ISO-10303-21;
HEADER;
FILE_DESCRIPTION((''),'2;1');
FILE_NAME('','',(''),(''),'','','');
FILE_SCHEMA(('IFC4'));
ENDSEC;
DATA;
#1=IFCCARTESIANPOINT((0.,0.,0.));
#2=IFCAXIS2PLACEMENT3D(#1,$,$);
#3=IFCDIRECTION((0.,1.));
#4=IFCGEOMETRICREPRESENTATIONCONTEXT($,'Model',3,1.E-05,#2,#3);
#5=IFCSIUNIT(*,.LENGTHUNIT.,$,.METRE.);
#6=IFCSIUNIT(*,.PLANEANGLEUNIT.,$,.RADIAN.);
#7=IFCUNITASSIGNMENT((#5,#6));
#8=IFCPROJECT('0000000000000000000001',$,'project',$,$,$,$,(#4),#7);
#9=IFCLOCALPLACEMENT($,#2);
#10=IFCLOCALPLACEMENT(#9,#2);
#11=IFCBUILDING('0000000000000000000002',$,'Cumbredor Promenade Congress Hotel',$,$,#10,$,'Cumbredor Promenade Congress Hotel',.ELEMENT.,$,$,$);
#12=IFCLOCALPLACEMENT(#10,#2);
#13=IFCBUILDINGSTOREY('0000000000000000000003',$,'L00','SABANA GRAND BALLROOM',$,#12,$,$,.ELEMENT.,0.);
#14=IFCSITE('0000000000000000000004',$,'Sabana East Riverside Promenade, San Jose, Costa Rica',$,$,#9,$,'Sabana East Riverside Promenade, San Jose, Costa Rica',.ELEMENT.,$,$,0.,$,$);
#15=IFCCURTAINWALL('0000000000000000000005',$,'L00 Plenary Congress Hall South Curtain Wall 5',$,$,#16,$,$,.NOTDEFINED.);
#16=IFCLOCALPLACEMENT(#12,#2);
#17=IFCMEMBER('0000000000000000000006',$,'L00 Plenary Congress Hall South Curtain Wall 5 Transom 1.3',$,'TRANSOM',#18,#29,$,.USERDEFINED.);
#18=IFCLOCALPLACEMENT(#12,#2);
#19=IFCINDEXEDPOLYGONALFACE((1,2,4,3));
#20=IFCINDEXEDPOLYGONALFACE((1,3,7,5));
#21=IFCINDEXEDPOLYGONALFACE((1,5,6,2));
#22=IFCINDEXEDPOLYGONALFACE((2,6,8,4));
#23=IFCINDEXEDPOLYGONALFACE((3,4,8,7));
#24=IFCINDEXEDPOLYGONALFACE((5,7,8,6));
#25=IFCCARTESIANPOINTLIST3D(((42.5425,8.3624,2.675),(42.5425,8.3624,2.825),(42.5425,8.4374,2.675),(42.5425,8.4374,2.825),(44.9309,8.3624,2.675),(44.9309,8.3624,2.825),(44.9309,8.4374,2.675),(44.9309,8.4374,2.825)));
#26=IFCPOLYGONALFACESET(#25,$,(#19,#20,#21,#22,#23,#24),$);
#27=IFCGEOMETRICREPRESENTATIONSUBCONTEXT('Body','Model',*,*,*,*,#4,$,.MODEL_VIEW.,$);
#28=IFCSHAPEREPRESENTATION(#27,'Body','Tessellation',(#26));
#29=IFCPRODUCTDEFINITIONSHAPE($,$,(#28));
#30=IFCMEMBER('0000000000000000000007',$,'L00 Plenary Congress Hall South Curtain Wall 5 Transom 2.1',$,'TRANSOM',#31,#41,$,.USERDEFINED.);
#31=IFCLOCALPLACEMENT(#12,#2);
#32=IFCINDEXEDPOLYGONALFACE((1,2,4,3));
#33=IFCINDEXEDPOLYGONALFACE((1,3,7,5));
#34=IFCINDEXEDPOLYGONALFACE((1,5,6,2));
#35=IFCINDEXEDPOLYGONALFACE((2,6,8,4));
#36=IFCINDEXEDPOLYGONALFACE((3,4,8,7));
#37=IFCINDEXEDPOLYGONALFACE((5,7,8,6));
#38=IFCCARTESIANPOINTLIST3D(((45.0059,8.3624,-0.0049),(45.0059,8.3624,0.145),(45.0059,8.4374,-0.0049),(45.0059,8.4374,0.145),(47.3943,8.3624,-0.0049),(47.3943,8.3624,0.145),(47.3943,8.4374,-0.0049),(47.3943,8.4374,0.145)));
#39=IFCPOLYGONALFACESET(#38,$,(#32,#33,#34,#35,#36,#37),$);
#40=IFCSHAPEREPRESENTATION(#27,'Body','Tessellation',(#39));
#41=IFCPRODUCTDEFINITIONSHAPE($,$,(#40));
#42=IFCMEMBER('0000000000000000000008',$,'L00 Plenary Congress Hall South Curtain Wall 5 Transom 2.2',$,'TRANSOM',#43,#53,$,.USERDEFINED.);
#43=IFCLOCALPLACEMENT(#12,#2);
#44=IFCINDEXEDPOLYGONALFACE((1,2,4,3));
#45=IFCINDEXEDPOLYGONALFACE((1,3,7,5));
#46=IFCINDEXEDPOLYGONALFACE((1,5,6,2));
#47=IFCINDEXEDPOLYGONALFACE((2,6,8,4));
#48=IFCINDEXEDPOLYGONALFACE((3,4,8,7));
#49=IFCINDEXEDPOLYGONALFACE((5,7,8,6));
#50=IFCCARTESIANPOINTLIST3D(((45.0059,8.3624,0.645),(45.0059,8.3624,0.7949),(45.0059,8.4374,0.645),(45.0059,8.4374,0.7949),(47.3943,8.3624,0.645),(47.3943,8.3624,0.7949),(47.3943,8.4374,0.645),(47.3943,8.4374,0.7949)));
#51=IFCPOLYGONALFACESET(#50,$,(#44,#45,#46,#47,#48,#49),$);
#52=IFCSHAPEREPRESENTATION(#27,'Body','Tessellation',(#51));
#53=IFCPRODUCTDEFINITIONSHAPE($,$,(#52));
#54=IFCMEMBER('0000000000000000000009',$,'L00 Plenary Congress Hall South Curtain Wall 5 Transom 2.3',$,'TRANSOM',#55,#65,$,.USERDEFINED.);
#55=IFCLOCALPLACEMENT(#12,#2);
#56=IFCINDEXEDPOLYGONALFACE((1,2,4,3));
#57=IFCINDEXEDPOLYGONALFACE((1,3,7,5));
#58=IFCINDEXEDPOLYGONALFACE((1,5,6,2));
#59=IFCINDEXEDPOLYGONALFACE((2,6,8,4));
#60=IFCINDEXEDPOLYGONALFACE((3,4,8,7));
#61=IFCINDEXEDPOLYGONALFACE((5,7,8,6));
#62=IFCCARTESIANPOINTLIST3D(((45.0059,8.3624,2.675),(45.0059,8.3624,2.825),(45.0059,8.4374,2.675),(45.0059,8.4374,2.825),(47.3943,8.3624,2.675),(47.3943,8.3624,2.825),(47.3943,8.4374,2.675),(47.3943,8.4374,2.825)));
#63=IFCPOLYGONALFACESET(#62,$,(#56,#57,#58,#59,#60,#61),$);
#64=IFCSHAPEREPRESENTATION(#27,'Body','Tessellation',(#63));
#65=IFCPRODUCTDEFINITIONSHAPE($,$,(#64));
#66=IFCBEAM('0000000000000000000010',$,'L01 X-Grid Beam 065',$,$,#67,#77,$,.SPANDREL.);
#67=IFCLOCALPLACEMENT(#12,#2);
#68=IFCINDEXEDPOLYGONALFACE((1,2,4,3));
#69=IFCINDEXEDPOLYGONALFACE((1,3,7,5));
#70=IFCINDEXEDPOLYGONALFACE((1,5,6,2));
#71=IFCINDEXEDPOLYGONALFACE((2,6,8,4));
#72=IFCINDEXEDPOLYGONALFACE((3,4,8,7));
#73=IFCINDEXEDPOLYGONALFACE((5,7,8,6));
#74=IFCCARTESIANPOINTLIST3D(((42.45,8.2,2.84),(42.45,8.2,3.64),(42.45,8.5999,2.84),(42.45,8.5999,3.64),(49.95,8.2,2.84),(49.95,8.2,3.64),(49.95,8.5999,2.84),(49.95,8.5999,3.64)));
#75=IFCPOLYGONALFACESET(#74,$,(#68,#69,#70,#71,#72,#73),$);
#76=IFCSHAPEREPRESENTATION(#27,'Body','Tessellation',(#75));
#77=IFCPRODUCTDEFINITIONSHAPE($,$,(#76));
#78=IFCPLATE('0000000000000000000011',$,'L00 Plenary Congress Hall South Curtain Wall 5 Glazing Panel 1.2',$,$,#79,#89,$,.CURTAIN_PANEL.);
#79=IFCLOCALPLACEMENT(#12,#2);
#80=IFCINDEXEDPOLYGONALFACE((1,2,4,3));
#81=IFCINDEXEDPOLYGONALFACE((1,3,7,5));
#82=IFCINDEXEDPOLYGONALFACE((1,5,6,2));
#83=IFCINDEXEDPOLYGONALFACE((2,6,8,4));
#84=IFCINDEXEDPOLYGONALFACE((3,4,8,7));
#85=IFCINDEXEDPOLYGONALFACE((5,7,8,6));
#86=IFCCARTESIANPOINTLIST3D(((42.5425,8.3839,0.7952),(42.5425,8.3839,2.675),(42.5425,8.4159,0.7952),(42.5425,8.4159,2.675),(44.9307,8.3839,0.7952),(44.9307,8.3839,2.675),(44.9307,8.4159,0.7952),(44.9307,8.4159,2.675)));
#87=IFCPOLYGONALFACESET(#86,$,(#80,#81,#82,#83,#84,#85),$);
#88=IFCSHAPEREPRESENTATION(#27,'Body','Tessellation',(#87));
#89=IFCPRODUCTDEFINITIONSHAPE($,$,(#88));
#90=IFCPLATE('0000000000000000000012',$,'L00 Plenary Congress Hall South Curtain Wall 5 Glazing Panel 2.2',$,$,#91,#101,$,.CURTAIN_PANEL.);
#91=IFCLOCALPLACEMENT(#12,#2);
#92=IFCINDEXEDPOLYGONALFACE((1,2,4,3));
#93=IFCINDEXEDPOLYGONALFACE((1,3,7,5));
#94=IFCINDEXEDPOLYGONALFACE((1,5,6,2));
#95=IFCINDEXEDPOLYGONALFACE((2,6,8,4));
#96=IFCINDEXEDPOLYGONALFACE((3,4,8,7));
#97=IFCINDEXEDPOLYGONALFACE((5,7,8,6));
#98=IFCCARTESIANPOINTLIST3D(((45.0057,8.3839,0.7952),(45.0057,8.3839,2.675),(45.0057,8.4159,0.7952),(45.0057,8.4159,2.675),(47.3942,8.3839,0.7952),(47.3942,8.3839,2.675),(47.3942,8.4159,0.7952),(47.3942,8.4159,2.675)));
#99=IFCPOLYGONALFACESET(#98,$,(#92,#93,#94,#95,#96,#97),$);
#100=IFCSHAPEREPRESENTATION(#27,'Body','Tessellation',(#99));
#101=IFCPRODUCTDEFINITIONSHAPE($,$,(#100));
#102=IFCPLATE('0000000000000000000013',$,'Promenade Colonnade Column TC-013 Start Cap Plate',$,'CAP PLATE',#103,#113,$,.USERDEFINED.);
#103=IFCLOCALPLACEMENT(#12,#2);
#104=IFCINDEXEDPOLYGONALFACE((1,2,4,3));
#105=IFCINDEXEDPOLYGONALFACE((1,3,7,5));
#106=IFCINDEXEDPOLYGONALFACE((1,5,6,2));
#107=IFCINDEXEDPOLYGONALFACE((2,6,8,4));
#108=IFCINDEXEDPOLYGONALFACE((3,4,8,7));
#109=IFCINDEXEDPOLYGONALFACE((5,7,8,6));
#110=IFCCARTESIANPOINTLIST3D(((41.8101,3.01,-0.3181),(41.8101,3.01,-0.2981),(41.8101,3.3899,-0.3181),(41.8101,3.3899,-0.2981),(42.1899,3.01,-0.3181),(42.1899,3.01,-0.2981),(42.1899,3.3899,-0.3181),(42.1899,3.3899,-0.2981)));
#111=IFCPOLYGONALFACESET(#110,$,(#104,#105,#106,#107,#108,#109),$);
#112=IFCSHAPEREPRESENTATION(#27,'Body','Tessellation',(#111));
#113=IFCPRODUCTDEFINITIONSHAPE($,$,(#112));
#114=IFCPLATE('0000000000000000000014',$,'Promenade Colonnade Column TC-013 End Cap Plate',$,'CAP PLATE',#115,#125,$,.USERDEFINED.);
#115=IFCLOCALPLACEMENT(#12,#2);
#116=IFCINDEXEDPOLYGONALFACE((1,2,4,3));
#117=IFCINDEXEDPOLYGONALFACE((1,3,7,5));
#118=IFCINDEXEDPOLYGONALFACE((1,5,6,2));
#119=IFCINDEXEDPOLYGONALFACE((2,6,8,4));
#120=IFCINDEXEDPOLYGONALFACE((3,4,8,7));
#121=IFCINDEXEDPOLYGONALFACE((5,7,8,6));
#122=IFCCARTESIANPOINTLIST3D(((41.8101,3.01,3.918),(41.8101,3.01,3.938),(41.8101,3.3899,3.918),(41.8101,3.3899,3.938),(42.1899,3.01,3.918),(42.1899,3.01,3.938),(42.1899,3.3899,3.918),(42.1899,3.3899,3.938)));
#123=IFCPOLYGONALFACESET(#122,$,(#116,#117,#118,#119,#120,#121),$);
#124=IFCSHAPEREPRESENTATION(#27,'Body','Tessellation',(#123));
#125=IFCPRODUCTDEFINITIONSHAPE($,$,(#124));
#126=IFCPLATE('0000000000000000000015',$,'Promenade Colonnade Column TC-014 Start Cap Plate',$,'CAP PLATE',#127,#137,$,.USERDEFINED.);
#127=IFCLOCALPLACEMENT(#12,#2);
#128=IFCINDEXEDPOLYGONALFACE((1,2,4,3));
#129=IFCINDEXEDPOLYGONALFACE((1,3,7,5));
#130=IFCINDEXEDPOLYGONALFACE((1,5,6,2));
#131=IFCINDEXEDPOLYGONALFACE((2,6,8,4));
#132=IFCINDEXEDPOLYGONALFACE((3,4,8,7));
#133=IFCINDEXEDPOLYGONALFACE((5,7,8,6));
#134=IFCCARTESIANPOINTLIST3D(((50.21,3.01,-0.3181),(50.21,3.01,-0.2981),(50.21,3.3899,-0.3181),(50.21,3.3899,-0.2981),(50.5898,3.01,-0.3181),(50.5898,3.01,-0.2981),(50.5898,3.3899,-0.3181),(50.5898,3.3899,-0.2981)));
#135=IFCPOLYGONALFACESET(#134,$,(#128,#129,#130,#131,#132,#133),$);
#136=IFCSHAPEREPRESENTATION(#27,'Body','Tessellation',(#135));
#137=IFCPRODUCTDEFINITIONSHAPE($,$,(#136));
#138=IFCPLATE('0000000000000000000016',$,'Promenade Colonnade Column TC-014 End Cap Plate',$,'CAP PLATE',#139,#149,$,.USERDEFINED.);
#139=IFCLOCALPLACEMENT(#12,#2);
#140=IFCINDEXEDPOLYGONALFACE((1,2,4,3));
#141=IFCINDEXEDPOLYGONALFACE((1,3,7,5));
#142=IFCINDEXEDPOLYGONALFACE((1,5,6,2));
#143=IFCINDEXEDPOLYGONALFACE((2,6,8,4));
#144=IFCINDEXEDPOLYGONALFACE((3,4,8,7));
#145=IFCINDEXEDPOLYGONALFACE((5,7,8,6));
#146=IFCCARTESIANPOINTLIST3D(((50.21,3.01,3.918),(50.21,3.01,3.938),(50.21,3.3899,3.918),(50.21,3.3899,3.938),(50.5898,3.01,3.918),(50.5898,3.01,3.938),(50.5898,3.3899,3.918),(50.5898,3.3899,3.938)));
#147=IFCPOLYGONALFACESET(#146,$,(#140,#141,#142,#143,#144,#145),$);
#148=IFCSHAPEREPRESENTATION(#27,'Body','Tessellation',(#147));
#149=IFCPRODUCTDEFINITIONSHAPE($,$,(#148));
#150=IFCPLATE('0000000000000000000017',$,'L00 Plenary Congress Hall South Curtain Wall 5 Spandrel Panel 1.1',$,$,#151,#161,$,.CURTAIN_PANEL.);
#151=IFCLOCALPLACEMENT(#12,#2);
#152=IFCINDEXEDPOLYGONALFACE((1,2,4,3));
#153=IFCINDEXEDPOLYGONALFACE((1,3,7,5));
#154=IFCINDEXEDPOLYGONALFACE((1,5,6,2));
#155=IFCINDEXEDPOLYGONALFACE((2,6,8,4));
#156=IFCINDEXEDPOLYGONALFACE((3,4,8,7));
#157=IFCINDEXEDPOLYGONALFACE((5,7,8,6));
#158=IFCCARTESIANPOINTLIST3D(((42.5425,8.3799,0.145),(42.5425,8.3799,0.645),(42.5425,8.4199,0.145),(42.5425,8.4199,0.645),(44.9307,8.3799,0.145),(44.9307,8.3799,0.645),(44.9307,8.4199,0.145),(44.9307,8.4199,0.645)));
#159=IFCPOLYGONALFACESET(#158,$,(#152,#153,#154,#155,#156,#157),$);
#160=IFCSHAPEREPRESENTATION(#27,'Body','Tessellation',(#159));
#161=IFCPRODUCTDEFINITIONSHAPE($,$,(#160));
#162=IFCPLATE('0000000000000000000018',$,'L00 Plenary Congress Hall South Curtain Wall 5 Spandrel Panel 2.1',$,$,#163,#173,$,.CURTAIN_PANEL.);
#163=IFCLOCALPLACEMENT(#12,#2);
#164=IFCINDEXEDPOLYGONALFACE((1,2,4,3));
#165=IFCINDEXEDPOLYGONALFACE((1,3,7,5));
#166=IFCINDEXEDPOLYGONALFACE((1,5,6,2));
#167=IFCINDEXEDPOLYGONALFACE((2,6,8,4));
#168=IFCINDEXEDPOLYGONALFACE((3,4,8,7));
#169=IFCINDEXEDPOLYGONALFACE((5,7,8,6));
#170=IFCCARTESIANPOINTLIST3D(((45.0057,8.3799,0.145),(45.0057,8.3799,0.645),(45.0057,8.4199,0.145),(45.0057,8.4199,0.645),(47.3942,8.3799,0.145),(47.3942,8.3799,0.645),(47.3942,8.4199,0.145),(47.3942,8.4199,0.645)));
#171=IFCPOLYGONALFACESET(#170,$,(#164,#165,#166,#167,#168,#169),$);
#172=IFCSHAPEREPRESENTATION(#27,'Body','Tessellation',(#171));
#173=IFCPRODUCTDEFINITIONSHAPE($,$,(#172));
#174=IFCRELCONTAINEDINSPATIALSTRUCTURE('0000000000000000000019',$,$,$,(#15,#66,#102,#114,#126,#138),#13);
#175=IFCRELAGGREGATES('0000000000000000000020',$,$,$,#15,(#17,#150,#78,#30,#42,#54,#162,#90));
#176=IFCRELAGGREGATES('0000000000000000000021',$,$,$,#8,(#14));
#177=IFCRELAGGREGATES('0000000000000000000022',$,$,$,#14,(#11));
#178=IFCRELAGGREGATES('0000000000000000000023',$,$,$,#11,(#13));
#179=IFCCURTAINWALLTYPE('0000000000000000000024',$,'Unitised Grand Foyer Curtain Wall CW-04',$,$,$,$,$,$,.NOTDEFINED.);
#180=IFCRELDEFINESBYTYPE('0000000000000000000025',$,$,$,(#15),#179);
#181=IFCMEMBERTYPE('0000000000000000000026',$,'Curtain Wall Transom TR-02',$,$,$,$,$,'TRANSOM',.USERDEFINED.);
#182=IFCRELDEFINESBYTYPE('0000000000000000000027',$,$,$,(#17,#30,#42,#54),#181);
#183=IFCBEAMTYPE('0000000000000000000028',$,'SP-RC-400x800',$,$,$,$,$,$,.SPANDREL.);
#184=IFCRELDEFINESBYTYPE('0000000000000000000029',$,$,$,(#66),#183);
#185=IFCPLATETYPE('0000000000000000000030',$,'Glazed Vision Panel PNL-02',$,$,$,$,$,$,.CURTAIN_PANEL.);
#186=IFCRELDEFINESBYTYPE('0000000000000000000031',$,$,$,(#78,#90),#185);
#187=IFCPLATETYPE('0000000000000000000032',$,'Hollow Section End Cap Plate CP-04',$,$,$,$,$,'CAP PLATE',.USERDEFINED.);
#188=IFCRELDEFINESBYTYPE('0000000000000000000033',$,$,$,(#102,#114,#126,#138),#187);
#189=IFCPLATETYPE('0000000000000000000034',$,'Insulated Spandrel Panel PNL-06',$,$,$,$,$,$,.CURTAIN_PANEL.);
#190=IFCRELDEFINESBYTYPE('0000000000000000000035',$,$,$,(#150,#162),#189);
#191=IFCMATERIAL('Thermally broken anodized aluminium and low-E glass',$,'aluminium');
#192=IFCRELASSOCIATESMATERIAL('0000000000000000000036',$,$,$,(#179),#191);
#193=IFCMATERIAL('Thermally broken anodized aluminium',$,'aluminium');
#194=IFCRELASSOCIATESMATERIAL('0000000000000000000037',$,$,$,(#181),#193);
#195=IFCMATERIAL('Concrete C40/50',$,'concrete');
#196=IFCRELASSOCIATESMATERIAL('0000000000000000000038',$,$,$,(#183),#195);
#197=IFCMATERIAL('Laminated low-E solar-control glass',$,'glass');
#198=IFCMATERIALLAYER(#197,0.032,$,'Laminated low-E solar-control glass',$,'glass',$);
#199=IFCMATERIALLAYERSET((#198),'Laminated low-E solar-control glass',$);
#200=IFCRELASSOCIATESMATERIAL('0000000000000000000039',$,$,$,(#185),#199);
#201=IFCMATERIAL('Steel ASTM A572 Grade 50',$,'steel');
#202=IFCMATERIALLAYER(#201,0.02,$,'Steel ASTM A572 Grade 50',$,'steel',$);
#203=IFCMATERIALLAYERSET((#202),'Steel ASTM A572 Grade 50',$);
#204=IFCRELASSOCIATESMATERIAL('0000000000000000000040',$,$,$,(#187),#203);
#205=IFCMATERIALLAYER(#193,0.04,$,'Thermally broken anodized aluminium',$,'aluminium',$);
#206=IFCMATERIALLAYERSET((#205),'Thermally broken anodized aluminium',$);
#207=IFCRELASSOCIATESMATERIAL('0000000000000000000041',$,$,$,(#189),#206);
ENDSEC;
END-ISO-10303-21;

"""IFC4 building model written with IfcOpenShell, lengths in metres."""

from ifc_helpers import new_model, si_unit, direction, frame, origin, origin_2d, place, context, subcontext, project, spatial, rectangle, extrude, material, layer, layer_set, material_profile, profile_set, type_object, element, aggregate, save


model = new_model("IFC4")

# Units and contexts
model_context = context("Model", 3, precision=1e-05, world=origin(), true_north=direction((0.0, 1.0)))
body_context = subcontext(model_context, "Body", "Model", "MODEL_VIEW")
ifc_project = project(units=[si_unit("LENGTHUNIT", "METRE"), si_unit("PLANEANGLEUNIT", "RADIAN")], contexts=[model_context])

# Site, building, storey
site_placement = place(None, origin())
site = spatial("IfcSite", under=ifc_project, at=site_placement, Name="Sabana East Riverside Promenade, San Jose, Costa Rica", LongName="Sabana East Riverside Promenade, San Jose, Costa Rica", CompositionType="ELEMENT", RefElevation=0.0)
building_placement = place(site_placement, origin())
building = spatial("IfcBuilding", under=site, at=building_placement, Name="Cumbredor Promenade Congress Hotel", LongName="Cumbredor Promenade Congress Hotel", CompositionType="ELEMENT")
storey_placement = place(building_placement, origin())
storey = spatial("IfcBuildingStorey", under=building, at=storey_placement, Name="L00", Description="SABANA GRAND BALLROOM", CompositionType="ELEMENT", Elevation=0.0)

# Curtain wall, members
ifc_material_1 = material(Name="Thermally broken anodized aluminium and low-E glass", Category="aluminium")
curtain_wall_type = type_object("IfcCurtainWallType", Name="Unitised Grand Foyer Curtain Wall CW-04", PredefinedType="NOTDEFINED", material=ifc_material_1)
curtain_wall_placement = place(storey_placement, origin())
curtain_wall = element("IfcCurtainWall", 1, at=curtain_wall_placement, inside=storey, type_object=curtain_wall_type, Name="L00 Plenary Congress Hall South Curtain Wall 5", PredefinedType="NOTDEFINED")
ifc_material_2 = material(Name="Thermally broken anodized aluminium", Category="aluminium")
ifc_material_profile_1 = material_profile(ifc_material_2, rectangle(XDim=0.075, YDim=0.1499, at=origin_2d()), Name="ALU TRANSOM 75x150")
ifc_profile_set_1 = profile_set([ifc_material_profile_1], Name="Thermally broken anodized aluminium")
member_type_1 = type_object("IfcMemberType", Name="Curtain Wall Transom TR-02", ElementType="TRANSOM", PredefinedType="USERDEFINED", material=ifc_profile_set_1)
member_1_placement = place(storey_placement, frame((42.5425, 8.3999, 2.75), z_axis=(1.0, 0.0, 0.0), x_axis=(0.0, 1.0, 0.0)))
member_1 = element("IfcMember", 2, at=member_1_placement, type_object=member_type_1, Name="L00 Plenary Congress Hall South Curtain Wall 5 Transom 1.3", ObjectType="TRANSOM", PredefinedType="USERDEFINED", context=body_context, shape_type="SweptSolid", body=[
    extrude(rectangle(XDim=0.075, YDim=0.1499, at=origin_2d()), origin(), (0.0, 0.0, 1.0), 2.3884),
])
member_2_placement = place(storey_placement, frame((45.0059, 8.3999, 0.0701), z_axis=(1.0, 0.0, 0.0), x_axis=(0.0, 1.0, 0.0)))
member_2 = element("IfcMember", 3, at=member_2_placement, type_object=member_type_1, Name="L00 Plenary Congress Hall South Curtain Wall 5 Transom 2.1", ObjectType="TRANSOM", PredefinedType="USERDEFINED", context=body_context, shape_type="SweptSolid", body=[
    extrude(rectangle(XDim=0.075, YDim=0.1499, at=origin_2d()), origin(), (0.0, 0.0, 1.0), 2.3884),
])
member_3_placement = place(storey_placement, frame((45.0059, 8.3999, 0.72), z_axis=(1.0, 0.0, 0.0), x_axis=(0.0, 1.0, 0.0)))
member_3 = element("IfcMember", 4, at=member_3_placement, type_object=member_type_1, Name="L00 Plenary Congress Hall South Curtain Wall 5 Transom 2.2", ObjectType="TRANSOM", PredefinedType="USERDEFINED", context=body_context, shape_type="SweptSolid", body=[
    extrude(rectangle(XDim=0.075, YDim=0.1499, at=origin_2d()), origin(), (0.0, 0.0, 1.0), 2.3884),
])
member_4_placement = place(storey_placement, frame((45.0059, 8.3999, 2.75), z_axis=(1.0, 0.0, 0.0), x_axis=(0.0, 1.0, 0.0)))
member_4 = element("IfcMember", 5, at=member_4_placement, type_object=member_type_1, Name="L00 Plenary Congress Hall South Curtain Wall 5 Transom 2.3", ObjectType="TRANSOM", PredefinedType="USERDEFINED", context=body_context, shape_type="SweptSolid", body=[
    extrude(rectangle(XDim=0.075, YDim=0.1499, at=origin_2d()), origin(), (0.0, 0.0, 1.0), 2.3884),
])

# Beam
ifc_material_3 = material(Name="Concrete C40/50", Category="concrete")
ifc_material_profile_2 = material_profile(ifc_material_3, rectangle(XDim=0.3999, YDim=0.8, at=origin_2d()), Name="RC SPANDREL 400x800")
ifc_profile_set_2 = profile_set([ifc_material_profile_2], Name="Concrete C40/50")
beam_type_1 = type_object("IfcBeamType", Name="SP-RC-400x800", PredefinedType="SPANDREL", material=ifc_profile_set_2)
beam_1_placement = place(storey_placement, frame((42.45, 8.3999, 3.24), z_axis=(1.0, 0.0, 0.0), x_axis=(0.0, 1.0, 0.0)))
element("IfcBeam", 6, at=beam_1_placement, inside=storey, type_object=beam_type_1, Name="L01 X-Grid Beam 065", PredefinedType="SPANDREL", context=body_context, shape_type="SweptSolid", body=[
    extrude(rectangle(XDim=0.3999, YDim=0.8, at=origin_2d()), origin(), (0.0, 0.0, 1.0), 7.5),
])

# Plates
ifc_material_4 = material(Name="Laminated low-E solar-control glass", Category="glass")
ifc_layer_1 = layer(ifc_material_4, 0.032, Name="Laminated low-E solar-control glass", Category="glass")
ifc_layer_set_1 = layer_set([ifc_layer_1], Name="Laminated low-E solar-control glass")
plate_type_1 = type_object("IfcPlateType", Name="Glazed Vision Panel PNL-02", PredefinedType="CURTAIN_PANEL", material=ifc_layer_set_1)
plate_1_placement = place(storey_placement, frame((43.7366, 8.3999, 0.7952), z_axis=(0.0, 0.0, 1.0), x_axis=(1.0, 0.0, 0.0)))
plate_1 = element("IfcPlate", 7, at=plate_1_placement, type_object=plate_type_1, Name="L00 Plenary Congress Hall South Curtain Wall 5 Glazing Panel 1.2", PredefinedType="CURTAIN_PANEL", context=body_context, shape_type="SweptSolid", body=[
    extrude(rectangle(XDim=2.3882, YDim=0.032, at=origin_2d()), origin(), (0.0, 0.0, 1.0), 1.8799),
])
plate_2_placement = place(storey_placement, frame((46.2, 8.3999, 0.7952), z_axis=(0.0, 0.0, 1.0), x_axis=(1.0, 0.0, 0.0)))
plate_2 = element("IfcPlate", 8, at=plate_2_placement, type_object=plate_type_1, Name="L00 Plenary Congress Hall South Curtain Wall 5 Glazing Panel 2.2", PredefinedType="CURTAIN_PANEL", context=body_context, shape_type="SweptSolid", body=[
    extrude(rectangle(XDim=2.3884, YDim=0.032, at=origin_2d()), origin(), (0.0, 0.0, 1.0), 1.8799),
])

# Plates
ifc_material_5 = material(Name="Steel ASTM A572 Grade 50", Category="steel")
ifc_layer_2 = layer(ifc_material_5, 0.02, Name="Steel ASTM A572 Grade 50", Category="steel")
ifc_layer_set_2 = layer_set([ifc_layer_2], Name="Steel ASTM A572 Grade 50")
plate_type_2 = type_object("IfcPlateType", Name="Hollow Section End Cap Plate CP-04", ElementType="CAP PLATE", PredefinedType="USERDEFINED", material=ifc_layer_set_2)
for number, where, z_axis, x_axis, name in (
    (9, (42.0, 3.2, -0.3181), (0.0, 0.0, 1.0), (1.0, 0.0, 0.0), "Promenade Colonnade Column TC-013 Start Cap Plate"),
    (10, (42.0, 3.2, 3.918), (0.0, 0.0, 1.0), (1.0, 0.0, 0.0), "Promenade Colonnade Column TC-013 End Cap Plate"),
    (11, (50.3999, 3.2, -0.3181), (0.0, 0.0, 1.0), (1.0, 0.0, 0.0), "Promenade Colonnade Column TC-014 Start Cap Plate"),
    (12, (50.3999, 3.2, 3.918), (0.0, 0.0, 1.0), (1.0, 0.0, 0.0), "Promenade Colonnade Column TC-014 End Cap Plate"),
):
    element("IfcPlate", number, at=place(storey_placement, frame(where, z_axis=z_axis, x_axis=x_axis)), inside=storey, type_object=plate_type_2, Name=name, ObjectType="CAP PLATE", PredefinedType="USERDEFINED", context=body_context, shape_type="SweptSolid", body=[
        extrude(rectangle(XDim=0.3799, YDim=0.3799, at=origin_2d()), origin(), (0.0, 0.0, 1.0), 0.02),
    ])

# Plates
ifc_layer_3 = layer(ifc_material_2, 0.04, Name="Thermally broken anodized aluminium", Category="aluminium")
ifc_layer_set_3 = layer_set([ifc_layer_3], Name="Thermally broken anodized aluminium")
plate_type_3 = type_object("IfcPlateType", Name="Insulated Spandrel Panel PNL-06", PredefinedType="CURTAIN_PANEL", material=ifc_layer_set_3)
plate_3_placement = place(storey_placement, frame((43.7366, 8.3999, 0.145), z_axis=(0.0, 0.0, 1.0), x_axis=(1.0, 0.0, 0.0)))
plate_3 = element("IfcPlate", 13, at=plate_3_placement, type_object=plate_type_3, Name="L00 Plenary Congress Hall South Curtain Wall 5 Spandrel Panel 1.1", PredefinedType="CURTAIN_PANEL", context=body_context, shape_type="SweptSolid", body=[
    extrude(rectangle(XDim=2.3882, YDim=0.04, at=origin_2d()), origin(), (0.0, 0.0, 1.0), 0.5),
])
plate_4_placement = place(storey_placement, frame((46.2, 8.3999, 0.145), z_axis=(0.0, 0.0, 1.0), x_axis=(1.0, 0.0, 0.0)))
plate_4 = element("IfcPlate", 14, at=plate_4_placement, type_object=plate_type_3, Name="L00 Plenary Congress Hall South Curtain Wall 5 Spandrel Panel 2.1", PredefinedType="CURTAIN_PANEL", context=body_context, shape_type="SweptSolid", body=[
    extrude(rectangle(XDim=2.3884, YDim=0.04, at=origin_2d()), origin(), (0.0, 0.0, 1.0), 0.5),
])
aggregate(curtain_wall, [member_1, plate_3, plate_1, member_2, member_3, member_4, plate_4, plate_2])

save(model, "model.ifc")
